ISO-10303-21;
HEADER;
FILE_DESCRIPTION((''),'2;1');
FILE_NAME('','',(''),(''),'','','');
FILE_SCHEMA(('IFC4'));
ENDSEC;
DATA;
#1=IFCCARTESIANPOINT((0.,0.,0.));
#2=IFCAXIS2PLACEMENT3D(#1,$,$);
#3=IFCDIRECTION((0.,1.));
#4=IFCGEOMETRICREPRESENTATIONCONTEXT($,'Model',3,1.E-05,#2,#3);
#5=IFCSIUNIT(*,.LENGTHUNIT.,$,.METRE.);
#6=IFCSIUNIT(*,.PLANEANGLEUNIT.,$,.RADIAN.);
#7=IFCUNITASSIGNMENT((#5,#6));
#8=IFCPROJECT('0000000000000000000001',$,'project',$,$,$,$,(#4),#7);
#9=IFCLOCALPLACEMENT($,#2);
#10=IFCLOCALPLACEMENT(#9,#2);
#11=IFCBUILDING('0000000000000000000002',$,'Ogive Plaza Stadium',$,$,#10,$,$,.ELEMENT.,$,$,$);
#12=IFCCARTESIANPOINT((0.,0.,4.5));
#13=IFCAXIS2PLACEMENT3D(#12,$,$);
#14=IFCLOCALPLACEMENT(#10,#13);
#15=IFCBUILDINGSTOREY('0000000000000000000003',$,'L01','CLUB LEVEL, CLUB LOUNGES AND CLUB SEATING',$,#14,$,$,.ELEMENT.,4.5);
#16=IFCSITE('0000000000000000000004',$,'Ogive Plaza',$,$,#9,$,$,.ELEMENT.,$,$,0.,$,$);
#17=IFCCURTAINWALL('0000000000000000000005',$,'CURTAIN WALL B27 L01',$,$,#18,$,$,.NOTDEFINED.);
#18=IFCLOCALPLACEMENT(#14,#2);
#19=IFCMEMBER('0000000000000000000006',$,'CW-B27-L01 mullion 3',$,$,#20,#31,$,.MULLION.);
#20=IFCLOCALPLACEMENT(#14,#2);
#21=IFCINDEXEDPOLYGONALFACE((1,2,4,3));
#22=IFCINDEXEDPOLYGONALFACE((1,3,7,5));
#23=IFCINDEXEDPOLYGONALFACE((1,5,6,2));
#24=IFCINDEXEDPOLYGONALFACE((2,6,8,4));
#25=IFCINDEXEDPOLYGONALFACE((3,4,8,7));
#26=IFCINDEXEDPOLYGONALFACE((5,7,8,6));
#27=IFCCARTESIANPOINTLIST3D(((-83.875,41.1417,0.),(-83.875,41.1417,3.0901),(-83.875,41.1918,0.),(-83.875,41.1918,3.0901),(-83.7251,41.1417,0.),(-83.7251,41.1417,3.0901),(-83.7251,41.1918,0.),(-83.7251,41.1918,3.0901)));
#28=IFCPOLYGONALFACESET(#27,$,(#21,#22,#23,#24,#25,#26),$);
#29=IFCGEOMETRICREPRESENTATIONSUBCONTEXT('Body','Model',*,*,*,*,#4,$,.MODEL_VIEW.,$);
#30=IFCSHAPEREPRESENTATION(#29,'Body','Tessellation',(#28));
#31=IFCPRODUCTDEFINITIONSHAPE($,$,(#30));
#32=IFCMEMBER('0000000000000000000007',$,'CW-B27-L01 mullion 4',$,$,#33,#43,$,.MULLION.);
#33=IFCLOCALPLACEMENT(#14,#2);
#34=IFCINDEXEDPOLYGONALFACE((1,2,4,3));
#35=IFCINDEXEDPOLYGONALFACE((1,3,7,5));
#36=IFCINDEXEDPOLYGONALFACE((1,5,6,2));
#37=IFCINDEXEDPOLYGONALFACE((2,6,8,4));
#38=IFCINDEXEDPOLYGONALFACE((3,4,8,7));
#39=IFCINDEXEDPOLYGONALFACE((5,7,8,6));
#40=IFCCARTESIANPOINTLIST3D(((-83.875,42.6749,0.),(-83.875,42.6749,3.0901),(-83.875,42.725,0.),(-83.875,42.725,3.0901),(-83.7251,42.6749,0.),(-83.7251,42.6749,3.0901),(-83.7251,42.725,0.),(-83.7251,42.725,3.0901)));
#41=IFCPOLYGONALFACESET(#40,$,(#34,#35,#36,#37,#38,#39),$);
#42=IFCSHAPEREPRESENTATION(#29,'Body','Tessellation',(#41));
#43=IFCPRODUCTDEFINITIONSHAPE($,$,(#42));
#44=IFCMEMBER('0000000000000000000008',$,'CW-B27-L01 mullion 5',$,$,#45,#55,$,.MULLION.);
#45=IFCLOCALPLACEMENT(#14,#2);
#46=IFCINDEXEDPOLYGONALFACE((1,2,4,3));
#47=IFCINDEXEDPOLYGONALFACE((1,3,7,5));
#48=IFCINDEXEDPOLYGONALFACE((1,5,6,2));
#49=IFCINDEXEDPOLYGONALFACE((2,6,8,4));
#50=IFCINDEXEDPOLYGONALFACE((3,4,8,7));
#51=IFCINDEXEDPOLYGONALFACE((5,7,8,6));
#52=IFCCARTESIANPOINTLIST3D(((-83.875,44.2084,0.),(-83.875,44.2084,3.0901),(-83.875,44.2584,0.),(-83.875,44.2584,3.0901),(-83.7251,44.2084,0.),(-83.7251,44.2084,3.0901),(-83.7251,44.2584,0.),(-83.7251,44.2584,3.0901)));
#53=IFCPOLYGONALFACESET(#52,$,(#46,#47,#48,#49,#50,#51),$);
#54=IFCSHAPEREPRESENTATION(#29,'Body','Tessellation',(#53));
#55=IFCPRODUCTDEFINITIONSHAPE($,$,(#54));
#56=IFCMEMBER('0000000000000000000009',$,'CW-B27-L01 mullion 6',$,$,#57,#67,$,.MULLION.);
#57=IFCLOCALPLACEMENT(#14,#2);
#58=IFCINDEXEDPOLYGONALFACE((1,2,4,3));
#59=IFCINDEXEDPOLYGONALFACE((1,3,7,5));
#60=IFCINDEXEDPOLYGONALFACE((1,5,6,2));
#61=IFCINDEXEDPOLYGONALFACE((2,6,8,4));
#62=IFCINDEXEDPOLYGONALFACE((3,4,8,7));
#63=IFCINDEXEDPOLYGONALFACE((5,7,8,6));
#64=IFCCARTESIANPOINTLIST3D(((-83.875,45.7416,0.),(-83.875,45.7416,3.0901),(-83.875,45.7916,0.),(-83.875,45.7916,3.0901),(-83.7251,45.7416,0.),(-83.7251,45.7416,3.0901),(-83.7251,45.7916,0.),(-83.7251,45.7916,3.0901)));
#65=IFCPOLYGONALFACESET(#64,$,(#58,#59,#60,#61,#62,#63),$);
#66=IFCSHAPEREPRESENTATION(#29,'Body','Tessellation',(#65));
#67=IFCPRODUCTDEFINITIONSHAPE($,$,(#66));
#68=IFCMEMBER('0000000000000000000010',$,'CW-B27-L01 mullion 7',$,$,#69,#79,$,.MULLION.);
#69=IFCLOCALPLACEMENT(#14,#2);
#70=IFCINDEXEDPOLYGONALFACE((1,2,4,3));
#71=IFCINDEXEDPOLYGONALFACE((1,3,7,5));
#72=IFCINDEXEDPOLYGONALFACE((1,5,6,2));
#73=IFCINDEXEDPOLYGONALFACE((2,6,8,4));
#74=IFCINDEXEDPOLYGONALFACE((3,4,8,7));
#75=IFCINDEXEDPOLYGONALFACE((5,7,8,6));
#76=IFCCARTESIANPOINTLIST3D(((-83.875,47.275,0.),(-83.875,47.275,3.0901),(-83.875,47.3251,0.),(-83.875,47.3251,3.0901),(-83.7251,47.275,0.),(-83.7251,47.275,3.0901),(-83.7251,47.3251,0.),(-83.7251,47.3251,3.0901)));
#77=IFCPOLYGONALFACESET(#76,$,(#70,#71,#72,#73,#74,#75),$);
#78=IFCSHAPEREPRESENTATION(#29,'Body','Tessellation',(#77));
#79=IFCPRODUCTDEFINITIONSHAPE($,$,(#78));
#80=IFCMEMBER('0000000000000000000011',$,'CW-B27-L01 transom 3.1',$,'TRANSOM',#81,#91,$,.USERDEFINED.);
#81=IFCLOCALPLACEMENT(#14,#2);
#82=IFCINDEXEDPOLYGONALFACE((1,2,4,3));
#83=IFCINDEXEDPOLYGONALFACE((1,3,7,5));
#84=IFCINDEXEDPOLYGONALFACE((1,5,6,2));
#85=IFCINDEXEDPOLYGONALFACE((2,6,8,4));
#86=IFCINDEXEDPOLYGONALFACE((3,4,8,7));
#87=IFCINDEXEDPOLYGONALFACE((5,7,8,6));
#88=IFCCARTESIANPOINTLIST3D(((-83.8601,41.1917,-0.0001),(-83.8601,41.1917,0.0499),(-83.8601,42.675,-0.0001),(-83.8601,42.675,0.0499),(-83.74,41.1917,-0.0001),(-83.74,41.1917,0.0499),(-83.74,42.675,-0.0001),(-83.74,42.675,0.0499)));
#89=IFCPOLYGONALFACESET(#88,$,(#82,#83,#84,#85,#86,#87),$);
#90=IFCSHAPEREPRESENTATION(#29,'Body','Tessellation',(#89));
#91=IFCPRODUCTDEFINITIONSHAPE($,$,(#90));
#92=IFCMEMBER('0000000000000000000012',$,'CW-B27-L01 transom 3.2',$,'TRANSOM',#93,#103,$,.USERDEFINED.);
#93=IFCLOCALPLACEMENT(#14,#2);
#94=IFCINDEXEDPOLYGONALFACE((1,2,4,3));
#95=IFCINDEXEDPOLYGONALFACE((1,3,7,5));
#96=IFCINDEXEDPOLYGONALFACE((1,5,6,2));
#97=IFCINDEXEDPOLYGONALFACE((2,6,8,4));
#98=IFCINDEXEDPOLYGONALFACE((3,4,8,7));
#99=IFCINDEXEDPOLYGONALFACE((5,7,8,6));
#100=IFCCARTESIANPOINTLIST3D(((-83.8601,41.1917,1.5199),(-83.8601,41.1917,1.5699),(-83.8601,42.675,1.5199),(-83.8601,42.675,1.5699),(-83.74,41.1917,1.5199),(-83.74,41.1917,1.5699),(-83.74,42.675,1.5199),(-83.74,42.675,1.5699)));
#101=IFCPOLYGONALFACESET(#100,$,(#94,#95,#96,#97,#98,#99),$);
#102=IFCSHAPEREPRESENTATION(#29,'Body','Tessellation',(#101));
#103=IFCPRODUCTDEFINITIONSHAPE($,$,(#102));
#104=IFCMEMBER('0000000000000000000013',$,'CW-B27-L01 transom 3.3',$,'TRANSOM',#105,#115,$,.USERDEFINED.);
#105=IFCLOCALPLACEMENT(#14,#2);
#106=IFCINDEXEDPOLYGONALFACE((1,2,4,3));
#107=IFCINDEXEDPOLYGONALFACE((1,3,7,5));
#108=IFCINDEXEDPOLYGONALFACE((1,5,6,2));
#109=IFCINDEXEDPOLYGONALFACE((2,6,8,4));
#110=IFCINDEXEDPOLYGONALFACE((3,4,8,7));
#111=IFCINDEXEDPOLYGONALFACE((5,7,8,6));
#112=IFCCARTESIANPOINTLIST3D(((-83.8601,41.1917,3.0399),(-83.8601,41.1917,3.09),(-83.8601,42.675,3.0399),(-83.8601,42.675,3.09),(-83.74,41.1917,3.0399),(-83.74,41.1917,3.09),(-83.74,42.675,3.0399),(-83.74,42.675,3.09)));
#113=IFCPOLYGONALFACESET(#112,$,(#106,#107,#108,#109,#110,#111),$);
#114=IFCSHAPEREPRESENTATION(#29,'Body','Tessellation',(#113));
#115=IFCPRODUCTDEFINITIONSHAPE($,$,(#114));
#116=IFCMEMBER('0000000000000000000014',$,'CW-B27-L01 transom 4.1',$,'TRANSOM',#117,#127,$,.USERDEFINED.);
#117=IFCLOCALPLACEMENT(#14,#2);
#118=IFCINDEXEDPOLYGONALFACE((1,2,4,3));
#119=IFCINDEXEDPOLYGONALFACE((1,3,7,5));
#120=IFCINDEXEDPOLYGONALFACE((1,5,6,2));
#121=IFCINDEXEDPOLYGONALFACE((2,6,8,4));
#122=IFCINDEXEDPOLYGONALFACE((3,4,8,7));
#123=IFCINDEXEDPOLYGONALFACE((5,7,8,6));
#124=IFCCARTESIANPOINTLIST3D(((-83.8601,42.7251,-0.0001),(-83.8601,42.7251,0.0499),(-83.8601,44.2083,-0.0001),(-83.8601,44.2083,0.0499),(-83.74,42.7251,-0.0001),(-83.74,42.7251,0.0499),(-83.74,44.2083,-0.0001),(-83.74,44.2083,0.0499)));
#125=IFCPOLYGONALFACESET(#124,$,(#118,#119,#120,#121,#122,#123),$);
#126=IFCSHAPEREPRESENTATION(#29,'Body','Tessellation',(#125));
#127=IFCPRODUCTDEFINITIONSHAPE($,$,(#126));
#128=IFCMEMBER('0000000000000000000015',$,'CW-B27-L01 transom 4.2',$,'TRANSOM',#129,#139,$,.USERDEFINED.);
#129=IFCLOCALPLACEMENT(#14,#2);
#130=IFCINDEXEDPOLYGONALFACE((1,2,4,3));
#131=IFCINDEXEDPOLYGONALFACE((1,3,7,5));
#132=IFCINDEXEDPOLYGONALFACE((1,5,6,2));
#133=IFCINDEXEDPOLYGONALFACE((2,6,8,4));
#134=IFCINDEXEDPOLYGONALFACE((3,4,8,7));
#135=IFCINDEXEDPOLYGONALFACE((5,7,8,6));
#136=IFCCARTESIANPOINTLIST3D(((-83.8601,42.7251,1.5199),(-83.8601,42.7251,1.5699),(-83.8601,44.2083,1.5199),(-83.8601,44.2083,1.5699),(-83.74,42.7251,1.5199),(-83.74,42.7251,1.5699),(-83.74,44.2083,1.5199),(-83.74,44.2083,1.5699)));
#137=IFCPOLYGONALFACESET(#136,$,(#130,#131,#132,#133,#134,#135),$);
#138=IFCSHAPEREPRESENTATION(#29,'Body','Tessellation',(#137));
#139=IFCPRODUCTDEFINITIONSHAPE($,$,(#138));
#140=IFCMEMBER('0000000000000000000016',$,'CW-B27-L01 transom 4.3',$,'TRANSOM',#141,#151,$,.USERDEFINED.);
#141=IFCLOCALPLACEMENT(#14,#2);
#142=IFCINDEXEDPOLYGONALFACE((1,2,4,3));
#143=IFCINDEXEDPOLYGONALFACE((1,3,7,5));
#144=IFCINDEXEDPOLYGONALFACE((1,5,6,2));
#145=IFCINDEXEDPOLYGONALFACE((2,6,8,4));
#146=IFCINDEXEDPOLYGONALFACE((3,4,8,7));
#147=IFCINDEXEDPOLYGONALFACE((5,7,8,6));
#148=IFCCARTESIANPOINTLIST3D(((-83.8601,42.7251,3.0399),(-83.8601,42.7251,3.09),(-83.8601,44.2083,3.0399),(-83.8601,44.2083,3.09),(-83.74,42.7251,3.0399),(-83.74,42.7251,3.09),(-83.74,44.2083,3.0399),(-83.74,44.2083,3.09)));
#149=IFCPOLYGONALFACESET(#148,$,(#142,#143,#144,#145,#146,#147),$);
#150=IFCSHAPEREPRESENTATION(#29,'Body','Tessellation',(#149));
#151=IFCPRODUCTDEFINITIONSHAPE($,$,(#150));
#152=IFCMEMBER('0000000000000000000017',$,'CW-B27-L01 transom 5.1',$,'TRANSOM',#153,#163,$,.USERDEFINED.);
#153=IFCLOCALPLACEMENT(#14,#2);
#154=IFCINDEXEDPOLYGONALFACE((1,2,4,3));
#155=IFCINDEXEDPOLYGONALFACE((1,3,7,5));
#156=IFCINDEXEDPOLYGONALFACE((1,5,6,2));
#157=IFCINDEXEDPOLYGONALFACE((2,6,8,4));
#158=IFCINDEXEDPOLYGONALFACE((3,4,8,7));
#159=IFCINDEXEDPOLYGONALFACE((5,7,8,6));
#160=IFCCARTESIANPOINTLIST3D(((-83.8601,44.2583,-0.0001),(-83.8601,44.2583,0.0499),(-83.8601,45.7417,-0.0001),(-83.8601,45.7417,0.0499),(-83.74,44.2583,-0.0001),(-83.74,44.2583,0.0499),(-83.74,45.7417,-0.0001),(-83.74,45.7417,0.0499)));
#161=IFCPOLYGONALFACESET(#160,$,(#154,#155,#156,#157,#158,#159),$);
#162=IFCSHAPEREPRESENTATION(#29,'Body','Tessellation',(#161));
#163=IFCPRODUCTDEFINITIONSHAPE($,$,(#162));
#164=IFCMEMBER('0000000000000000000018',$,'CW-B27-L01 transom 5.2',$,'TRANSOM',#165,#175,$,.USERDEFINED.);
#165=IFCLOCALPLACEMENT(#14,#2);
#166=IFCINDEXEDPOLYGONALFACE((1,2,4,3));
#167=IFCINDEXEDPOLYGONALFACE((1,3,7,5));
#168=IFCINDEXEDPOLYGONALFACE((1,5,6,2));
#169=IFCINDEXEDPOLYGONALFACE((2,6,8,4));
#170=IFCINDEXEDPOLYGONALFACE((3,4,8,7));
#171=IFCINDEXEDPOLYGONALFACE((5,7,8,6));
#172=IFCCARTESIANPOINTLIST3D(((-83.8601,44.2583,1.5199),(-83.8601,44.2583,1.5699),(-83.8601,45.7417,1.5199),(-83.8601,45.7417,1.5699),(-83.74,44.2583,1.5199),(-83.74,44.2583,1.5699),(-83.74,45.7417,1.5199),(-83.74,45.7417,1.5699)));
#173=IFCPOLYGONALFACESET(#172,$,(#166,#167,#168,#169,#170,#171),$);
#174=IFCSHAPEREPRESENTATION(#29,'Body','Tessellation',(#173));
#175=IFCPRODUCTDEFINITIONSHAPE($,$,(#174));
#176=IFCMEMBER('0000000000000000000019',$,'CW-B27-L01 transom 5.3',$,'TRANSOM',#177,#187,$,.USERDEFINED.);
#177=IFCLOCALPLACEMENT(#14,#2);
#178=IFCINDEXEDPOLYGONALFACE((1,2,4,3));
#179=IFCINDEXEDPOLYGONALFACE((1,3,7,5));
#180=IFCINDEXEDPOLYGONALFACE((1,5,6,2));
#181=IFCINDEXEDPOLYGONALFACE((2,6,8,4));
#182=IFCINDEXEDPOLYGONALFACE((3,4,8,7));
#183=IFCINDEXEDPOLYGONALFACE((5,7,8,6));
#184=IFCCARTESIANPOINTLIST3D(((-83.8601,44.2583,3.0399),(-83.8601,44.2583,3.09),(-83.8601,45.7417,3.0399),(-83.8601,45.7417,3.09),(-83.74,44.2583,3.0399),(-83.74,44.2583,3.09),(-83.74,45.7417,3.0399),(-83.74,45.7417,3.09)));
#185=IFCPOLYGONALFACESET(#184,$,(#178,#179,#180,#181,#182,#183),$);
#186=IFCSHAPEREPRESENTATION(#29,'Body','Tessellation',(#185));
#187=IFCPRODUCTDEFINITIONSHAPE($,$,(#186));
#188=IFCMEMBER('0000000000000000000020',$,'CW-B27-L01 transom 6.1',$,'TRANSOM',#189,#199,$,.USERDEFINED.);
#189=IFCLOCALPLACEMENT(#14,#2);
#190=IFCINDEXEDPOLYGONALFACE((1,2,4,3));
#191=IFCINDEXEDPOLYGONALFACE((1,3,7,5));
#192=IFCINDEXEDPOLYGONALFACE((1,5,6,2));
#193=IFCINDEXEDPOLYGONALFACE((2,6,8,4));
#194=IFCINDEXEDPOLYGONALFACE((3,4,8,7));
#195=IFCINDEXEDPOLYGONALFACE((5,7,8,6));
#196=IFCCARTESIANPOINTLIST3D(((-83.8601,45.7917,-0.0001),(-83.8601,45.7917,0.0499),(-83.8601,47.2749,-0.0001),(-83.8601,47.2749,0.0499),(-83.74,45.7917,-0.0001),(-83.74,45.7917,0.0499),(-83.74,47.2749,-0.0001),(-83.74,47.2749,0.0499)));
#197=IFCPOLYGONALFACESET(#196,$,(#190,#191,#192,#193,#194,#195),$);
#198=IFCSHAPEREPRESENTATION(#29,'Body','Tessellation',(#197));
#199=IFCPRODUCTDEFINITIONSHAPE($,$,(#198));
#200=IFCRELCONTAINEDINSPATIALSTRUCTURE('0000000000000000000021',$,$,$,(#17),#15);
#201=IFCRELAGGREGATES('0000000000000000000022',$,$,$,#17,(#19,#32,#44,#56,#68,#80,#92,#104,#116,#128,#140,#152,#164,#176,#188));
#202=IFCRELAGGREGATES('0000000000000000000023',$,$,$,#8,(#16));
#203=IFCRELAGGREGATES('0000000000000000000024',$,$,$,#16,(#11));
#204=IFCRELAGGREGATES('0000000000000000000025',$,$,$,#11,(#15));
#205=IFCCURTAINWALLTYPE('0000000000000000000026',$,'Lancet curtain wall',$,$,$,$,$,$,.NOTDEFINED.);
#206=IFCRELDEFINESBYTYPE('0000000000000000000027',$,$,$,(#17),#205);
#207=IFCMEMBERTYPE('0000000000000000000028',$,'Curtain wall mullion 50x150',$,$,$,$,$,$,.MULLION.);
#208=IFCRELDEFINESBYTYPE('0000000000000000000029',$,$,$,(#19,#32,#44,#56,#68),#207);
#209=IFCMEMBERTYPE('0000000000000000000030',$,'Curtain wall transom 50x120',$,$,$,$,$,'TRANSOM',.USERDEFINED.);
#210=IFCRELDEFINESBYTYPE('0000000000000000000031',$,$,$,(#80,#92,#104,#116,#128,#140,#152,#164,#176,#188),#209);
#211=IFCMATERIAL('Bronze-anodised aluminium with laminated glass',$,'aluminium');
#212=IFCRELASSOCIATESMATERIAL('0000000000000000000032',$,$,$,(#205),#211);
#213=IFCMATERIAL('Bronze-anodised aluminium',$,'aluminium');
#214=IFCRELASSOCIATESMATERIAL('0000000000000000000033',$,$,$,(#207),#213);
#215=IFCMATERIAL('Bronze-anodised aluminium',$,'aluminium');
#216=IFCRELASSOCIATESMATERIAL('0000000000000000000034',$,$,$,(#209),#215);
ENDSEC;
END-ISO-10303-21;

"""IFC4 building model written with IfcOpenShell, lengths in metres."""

from ifc_helpers import new_model, si_unit, direction, frame, origin, origin_2d, place, context, subcontext, project, spatial, rectangle, extrude, material, material_profile, profile_set, type_object, element, aggregate, save


model = new_model("IFC4")

# Units and contexts
model_context = context("Model", 3, precision=1e-05, world=origin(), true_north=direction((0.0, 1.0)))
body_context = subcontext(model_context, "Body", "Model", "MODEL_VIEW")
ifc_project = project(units=[si_unit("LENGTHUNIT", "METRE"), si_unit("PLANEANGLEUNIT", "RADIAN")], contexts=[model_context])

# Site, building, storey
site_placement = place(None, origin())
site = spatial("IfcSite", under=ifc_project, at=site_placement, Name="Ogive Plaza", CompositionType="ELEMENT", RefElevation=0.0)
building_placement = place(site_placement, origin())
building = spatial("IfcBuilding", under=site, at=building_placement, Name="Ogive Plaza Stadium", CompositionType="ELEMENT")
storey_placement = place(building_placement, frame((0.0, 0.0, 4.5)))
storey = spatial("IfcBuildingStorey", under=building, at=storey_placement, Name="L01", Description="CLUB LEVEL, CLUB LOUNGES AND CLUB SEATING", CompositionType="ELEMENT", Elevation=4.5)

# Curtain wall, members
ifc_material_1 = material(Name="Bronze-anodised aluminium with laminated glass", Category="aluminium")
curtain_wall_type = type_object("IfcCurtainWallType", Name="Lancet curtain wall", PredefinedType="NOTDEFINED", material=ifc_material_1)
curtain_wall_placement = place(storey_placement, origin())
curtain_wall = element("IfcCurtainWall", 1, at=curtain_wall_placement, inside=storey, type_object=curtain_wall_type, Name="CURTAIN WALL B27 L01", PredefinedType="NOTDEFINED")
ifc_material_2 = material(Name="Bronze-anodised aluminium", Category="aluminium")
ifc_material_profile_1 = material_profile(ifc_material_2, rectangle(XDim=0.1499, YDim=0.05, at=origin_2d()), Name="AL 150x50")
ifc_profile_set_1 = profile_set([ifc_material_profile_1], Name="Bronze-anodised aluminium")
member_type_1 = type_object("IfcMemberType", Name="Curtain wall mullion 50x150", PredefinedType="MULLION", material=ifc_profile_set_1)
member_1_placement = place(storey_placement, frame((-83.8, 41.1667, 0.0), z_axis=(0.0, 0.0, 1.0), x_axis=(-1.0, 0.0, 0.0)))
member_1 = element("IfcMember", 2, at=member_1_placement, type_object=member_type_1, Name="CW-B27-L01 mullion 3", PredefinedType="MULLION", context=body_context, shape_type="SweptSolid", body=[
    extrude(rectangle(XDim=0.1499, YDim=0.05, at=origin_2d()), origin(), (0.0, 0.0, 1.0), 3.0901),
])
member_2_placement = place(storey_placement, frame((-83.8, 42.7, 0.0), z_axis=(0.0, 0.0, 1.0), x_axis=(-1.0, 0.0, 0.0)))
member_2 = element("IfcMember", 3, at=member_2_placement, type_object=member_type_1, Name="CW-B27-L01 mullion 4", PredefinedType="MULLION", context=body_context, shape_type="SweptSolid", body=[
    extrude(rectangle(XDim=0.1499, YDim=0.05, at=origin_2d()), origin(), (0.0, 0.0, 1.0), 3.0901),
])
member_3_placement = place(storey_placement, frame((-83.8, 44.2334, 0.0), z_axis=(0.0, 0.0, 1.0), x_axis=(-1.0, 0.0, 0.0)))
member_3 = element("IfcMember", 4, at=member_3_placement, type_object=member_type_1, Name="CW-B27-L01 mullion 5", PredefinedType="MULLION", context=body_context, shape_type="SweptSolid", body=[
    extrude(rectangle(XDim=0.1499, YDim=0.05, at=origin_2d()), origin(), (0.0, 0.0, 1.0), 3.0901),
])
member_4_placement = place(storey_placement, frame((-83.8, 45.7666, 0.0), z_axis=(0.0, 0.0, 1.0), x_axis=(-1.0, 0.0, 0.0)))
member_4 = element("IfcMember", 5, at=member_4_placement, type_object=member_type_1, Name="CW-B27-L01 mullion 6", PredefinedType="MULLION", context=body_context, shape_type="SweptSolid", body=[
    extrude(rectangle(XDim=0.1499, YDim=0.05, at=origin_2d()), origin(), (0.0, 0.0, 1.0), 3.0901),
])
member_5_placement = place(storey_placement, frame((-83.8, 47.3, 0.0), z_axis=(0.0, 0.0, 1.0), x_axis=(-1.0, 0.0, 0.0)))
member_5 = element("IfcMember", 6, at=member_5_placement, type_object=member_type_1, Name="CW-B27-L01 mullion 7", PredefinedType="MULLION", context=body_context, shape_type="SweptSolid", body=[
    extrude(rectangle(XDim=0.1499, YDim=0.05, at=origin_2d()), origin(), (0.0, 0.0, 1.0), 3.0901),
])
ifc_material_3 = material(Name="Bronze-anodised aluminium", Category="aluminium")
ifc_material_profile_2 = material_profile(ifc_material_3, rectangle(XDim=0.1201, YDim=0.05, at=origin_2d()), Name="AL 120x50")
ifc_profile_set_2 = profile_set([ifc_material_profile_2], Name="Bronze-anodised aluminium")
member_type_2 = type_object("IfcMemberType", Name="Curtain wall transom 50x120", ElementType="TRANSOM", PredefinedType="USERDEFINED", material=ifc_profile_set_2)
member_6_placement = place(storey_placement, frame((-83.8, 41.1917, 0.0249), z_axis=(0.0, 1.0, 0.0), x_axis=(-1.0, 0.0, 0.0)))
member_6 = element("IfcMember", 7, at=member_6_placement, type_object=member_type_2, Name="CW-B27-L01 transom 3.1", ObjectType="TRANSOM", PredefinedType="USERDEFINED", context=body_context, shape_type="SweptSolid", body=[
    extrude(rectangle(XDim=0.1201, YDim=0.05, at=origin_2d()), origin(), (0.0, 0.0, 1.0), 1.4834),
])
member_7_placement = place(storey_placement, frame((-83.8, 41.1917, 1.5449), z_axis=(0.0, 1.0, 0.0), x_axis=(-1.0, 0.0, 0.0)))
member_7 = element("IfcMember", 8, at=member_7_placement, type_object=member_type_2, Name="CW-B27-L01 transom 3.2", ObjectType="TRANSOM", PredefinedType="USERDEFINED", context=body_context, shape_type="SweptSolid", body=[
    extrude(rectangle(XDim=0.1201, YDim=0.05, at=origin_2d()), origin(), (0.0, 0.0, 1.0), 1.4834),
])
member_8_placement = place(storey_placement, frame((-83.8, 41.1917, 3.0649), z_axis=(0.0, 1.0, 0.0), x_axis=(-1.0, 0.0, 0.0)))
member_8 = element("IfcMember", 9, at=member_8_placement, type_object=member_type_2, Name="CW-B27-L01 transom 3.3", ObjectType="TRANSOM", PredefinedType="USERDEFINED", context=body_context, shape_type="SweptSolid", body=[
    extrude(rectangle(XDim=0.1201, YDim=0.05, at=origin_2d()), origin(), (0.0, 0.0, 1.0), 1.4834),
])
member_9_placement = place(storey_placement, frame((-83.8, 42.7251, 0.0249), z_axis=(0.0, 1.0, 0.0), x_axis=(-1.0, 0.0, 0.0)))
member_9 = element("IfcMember", 10, at=member_9_placement, type_object=member_type_2, Name="CW-B27-L01 transom 4.1", ObjectType="TRANSOM", PredefinedType="USERDEFINED", context=body_context, shape_type="SweptSolid", body=[
    extrude(rectangle(XDim=0.1201, YDim=0.05, at=origin_2d()), origin(), (0.0, 0.0, 1.0), 1.4832),
])
member_10_placement = place(storey_placement, frame((-83.8, 42.7251, 1.5449), z_axis=(0.0, 1.0, 0.0), x_axis=(-1.0, 0.0, 0.0)))
member_10 = element("IfcMember", 11, at=member_10_placement, type_object=member_type_2, Name="CW-B27-L01 transom 4.2", ObjectType="TRANSOM", PredefinedType="USERDEFINED", context=body_context, shape_type="SweptSolid", body=[
    extrude(rectangle(XDim=0.1201, YDim=0.05, at=origin_2d()), origin(), (0.0, 0.0, 1.0), 1.4832),
])
member_11_placement = place(storey_placement, frame((-83.8, 42.7251, 3.0649), z_axis=(0.0, 1.0, 0.0), x_axis=(-1.0, 0.0, 0.0)))
member_11 = element("IfcMember", 12, at=member_11_placement, type_object=member_type_2, Name="CW-B27-L01 transom 4.3", ObjectType="TRANSOM", PredefinedType="USERDEFINED", context=body_context, shape_type="SweptSolid", body=[
    extrude(rectangle(XDim=0.1201, YDim=0.05, at=origin_2d()), origin(), (0.0, 0.0, 1.0), 1.4832),
])
member_12_placement = place(storey_placement, frame((-83.8, 44.2583, 0.0249), z_axis=(0.0, 1.0, 0.0), x_axis=(-1.0, 0.0, 0.0)))
member_12 = element("IfcMember", 13, at=member_12_placement, type_object=member_type_2, Name="CW-B27-L01 transom 5.1", ObjectType="TRANSOM", PredefinedType="USERDEFINED", context=body_context, shape_type="SweptSolid", body=[
    extrude(rectangle(XDim=0.1201, YDim=0.05, at=origin_2d()), origin(), (0.0, 0.0, 1.0), 1.4834),
])
member_13_placement = place(storey_placement, frame((-83.8, 44.2583, 1.5449), z_axis=(0.0, 1.0, 0.0), x_axis=(-1.0, 0.0, 0.0)))
member_13 = element("IfcMember", 14, at=member_13_placement, type_object=member_type_2, Name="CW-B27-L01 transom 5.2", ObjectType="TRANSOM", PredefinedType="USERDEFINED", context=body_context, shape_type="SweptSolid", body=[
    extrude(rectangle(XDim=0.1201, YDim=0.05, at=origin_2d()), origin(), (0.0, 0.0, 1.0), 1.4834),
])
member_14_placement = place(storey_placement, frame((-83.8, 44.2583, 3.0649), z_axis=(0.0, 1.0, 0.0), x_axis=(-1.0, 0.0, 0.0)))
member_14 = element("IfcMember", 15, at=member_14_placement, type_object=member_type_2, Name="CW-B27-L01 transom 5.3", ObjectType="TRANSOM", PredefinedType="USERDEFINED", context=body_context, shape_type="SweptSolid", body=[
    extrude(rectangle(XDim=0.1201, YDim=0.05, at=origin_2d()), origin(), (0.0, 0.0, 1.0), 1.4834),
])
member_15_placement = place(storey_placement, frame((-83.8, 45.7917, 0.0249), z_axis=(0.0, 1.0, 0.0), x_axis=(-1.0, 0.0, 0.0)))
member_15 = element("IfcMember", 16, at=member_15_placement, type_object=member_type_2, Name="CW-B27-L01 transom 6.1", ObjectType="TRANSOM", PredefinedType="USERDEFINED", context=body_context, shape_type="SweptSolid", body=[
    extrude(rectangle(XDim=0.1201, YDim=0.05, at=origin_2d()), origin(), (0.0, 0.0, 1.0), 1.4832),
])
aggregate(curtain_wall, [member_1, member_2, member_3, member_4, member_5, member_6, member_7, member_8, member_9, member_10, member_11, member_12, member_13, member_14, member_15])

save(model, "model.ifc")
